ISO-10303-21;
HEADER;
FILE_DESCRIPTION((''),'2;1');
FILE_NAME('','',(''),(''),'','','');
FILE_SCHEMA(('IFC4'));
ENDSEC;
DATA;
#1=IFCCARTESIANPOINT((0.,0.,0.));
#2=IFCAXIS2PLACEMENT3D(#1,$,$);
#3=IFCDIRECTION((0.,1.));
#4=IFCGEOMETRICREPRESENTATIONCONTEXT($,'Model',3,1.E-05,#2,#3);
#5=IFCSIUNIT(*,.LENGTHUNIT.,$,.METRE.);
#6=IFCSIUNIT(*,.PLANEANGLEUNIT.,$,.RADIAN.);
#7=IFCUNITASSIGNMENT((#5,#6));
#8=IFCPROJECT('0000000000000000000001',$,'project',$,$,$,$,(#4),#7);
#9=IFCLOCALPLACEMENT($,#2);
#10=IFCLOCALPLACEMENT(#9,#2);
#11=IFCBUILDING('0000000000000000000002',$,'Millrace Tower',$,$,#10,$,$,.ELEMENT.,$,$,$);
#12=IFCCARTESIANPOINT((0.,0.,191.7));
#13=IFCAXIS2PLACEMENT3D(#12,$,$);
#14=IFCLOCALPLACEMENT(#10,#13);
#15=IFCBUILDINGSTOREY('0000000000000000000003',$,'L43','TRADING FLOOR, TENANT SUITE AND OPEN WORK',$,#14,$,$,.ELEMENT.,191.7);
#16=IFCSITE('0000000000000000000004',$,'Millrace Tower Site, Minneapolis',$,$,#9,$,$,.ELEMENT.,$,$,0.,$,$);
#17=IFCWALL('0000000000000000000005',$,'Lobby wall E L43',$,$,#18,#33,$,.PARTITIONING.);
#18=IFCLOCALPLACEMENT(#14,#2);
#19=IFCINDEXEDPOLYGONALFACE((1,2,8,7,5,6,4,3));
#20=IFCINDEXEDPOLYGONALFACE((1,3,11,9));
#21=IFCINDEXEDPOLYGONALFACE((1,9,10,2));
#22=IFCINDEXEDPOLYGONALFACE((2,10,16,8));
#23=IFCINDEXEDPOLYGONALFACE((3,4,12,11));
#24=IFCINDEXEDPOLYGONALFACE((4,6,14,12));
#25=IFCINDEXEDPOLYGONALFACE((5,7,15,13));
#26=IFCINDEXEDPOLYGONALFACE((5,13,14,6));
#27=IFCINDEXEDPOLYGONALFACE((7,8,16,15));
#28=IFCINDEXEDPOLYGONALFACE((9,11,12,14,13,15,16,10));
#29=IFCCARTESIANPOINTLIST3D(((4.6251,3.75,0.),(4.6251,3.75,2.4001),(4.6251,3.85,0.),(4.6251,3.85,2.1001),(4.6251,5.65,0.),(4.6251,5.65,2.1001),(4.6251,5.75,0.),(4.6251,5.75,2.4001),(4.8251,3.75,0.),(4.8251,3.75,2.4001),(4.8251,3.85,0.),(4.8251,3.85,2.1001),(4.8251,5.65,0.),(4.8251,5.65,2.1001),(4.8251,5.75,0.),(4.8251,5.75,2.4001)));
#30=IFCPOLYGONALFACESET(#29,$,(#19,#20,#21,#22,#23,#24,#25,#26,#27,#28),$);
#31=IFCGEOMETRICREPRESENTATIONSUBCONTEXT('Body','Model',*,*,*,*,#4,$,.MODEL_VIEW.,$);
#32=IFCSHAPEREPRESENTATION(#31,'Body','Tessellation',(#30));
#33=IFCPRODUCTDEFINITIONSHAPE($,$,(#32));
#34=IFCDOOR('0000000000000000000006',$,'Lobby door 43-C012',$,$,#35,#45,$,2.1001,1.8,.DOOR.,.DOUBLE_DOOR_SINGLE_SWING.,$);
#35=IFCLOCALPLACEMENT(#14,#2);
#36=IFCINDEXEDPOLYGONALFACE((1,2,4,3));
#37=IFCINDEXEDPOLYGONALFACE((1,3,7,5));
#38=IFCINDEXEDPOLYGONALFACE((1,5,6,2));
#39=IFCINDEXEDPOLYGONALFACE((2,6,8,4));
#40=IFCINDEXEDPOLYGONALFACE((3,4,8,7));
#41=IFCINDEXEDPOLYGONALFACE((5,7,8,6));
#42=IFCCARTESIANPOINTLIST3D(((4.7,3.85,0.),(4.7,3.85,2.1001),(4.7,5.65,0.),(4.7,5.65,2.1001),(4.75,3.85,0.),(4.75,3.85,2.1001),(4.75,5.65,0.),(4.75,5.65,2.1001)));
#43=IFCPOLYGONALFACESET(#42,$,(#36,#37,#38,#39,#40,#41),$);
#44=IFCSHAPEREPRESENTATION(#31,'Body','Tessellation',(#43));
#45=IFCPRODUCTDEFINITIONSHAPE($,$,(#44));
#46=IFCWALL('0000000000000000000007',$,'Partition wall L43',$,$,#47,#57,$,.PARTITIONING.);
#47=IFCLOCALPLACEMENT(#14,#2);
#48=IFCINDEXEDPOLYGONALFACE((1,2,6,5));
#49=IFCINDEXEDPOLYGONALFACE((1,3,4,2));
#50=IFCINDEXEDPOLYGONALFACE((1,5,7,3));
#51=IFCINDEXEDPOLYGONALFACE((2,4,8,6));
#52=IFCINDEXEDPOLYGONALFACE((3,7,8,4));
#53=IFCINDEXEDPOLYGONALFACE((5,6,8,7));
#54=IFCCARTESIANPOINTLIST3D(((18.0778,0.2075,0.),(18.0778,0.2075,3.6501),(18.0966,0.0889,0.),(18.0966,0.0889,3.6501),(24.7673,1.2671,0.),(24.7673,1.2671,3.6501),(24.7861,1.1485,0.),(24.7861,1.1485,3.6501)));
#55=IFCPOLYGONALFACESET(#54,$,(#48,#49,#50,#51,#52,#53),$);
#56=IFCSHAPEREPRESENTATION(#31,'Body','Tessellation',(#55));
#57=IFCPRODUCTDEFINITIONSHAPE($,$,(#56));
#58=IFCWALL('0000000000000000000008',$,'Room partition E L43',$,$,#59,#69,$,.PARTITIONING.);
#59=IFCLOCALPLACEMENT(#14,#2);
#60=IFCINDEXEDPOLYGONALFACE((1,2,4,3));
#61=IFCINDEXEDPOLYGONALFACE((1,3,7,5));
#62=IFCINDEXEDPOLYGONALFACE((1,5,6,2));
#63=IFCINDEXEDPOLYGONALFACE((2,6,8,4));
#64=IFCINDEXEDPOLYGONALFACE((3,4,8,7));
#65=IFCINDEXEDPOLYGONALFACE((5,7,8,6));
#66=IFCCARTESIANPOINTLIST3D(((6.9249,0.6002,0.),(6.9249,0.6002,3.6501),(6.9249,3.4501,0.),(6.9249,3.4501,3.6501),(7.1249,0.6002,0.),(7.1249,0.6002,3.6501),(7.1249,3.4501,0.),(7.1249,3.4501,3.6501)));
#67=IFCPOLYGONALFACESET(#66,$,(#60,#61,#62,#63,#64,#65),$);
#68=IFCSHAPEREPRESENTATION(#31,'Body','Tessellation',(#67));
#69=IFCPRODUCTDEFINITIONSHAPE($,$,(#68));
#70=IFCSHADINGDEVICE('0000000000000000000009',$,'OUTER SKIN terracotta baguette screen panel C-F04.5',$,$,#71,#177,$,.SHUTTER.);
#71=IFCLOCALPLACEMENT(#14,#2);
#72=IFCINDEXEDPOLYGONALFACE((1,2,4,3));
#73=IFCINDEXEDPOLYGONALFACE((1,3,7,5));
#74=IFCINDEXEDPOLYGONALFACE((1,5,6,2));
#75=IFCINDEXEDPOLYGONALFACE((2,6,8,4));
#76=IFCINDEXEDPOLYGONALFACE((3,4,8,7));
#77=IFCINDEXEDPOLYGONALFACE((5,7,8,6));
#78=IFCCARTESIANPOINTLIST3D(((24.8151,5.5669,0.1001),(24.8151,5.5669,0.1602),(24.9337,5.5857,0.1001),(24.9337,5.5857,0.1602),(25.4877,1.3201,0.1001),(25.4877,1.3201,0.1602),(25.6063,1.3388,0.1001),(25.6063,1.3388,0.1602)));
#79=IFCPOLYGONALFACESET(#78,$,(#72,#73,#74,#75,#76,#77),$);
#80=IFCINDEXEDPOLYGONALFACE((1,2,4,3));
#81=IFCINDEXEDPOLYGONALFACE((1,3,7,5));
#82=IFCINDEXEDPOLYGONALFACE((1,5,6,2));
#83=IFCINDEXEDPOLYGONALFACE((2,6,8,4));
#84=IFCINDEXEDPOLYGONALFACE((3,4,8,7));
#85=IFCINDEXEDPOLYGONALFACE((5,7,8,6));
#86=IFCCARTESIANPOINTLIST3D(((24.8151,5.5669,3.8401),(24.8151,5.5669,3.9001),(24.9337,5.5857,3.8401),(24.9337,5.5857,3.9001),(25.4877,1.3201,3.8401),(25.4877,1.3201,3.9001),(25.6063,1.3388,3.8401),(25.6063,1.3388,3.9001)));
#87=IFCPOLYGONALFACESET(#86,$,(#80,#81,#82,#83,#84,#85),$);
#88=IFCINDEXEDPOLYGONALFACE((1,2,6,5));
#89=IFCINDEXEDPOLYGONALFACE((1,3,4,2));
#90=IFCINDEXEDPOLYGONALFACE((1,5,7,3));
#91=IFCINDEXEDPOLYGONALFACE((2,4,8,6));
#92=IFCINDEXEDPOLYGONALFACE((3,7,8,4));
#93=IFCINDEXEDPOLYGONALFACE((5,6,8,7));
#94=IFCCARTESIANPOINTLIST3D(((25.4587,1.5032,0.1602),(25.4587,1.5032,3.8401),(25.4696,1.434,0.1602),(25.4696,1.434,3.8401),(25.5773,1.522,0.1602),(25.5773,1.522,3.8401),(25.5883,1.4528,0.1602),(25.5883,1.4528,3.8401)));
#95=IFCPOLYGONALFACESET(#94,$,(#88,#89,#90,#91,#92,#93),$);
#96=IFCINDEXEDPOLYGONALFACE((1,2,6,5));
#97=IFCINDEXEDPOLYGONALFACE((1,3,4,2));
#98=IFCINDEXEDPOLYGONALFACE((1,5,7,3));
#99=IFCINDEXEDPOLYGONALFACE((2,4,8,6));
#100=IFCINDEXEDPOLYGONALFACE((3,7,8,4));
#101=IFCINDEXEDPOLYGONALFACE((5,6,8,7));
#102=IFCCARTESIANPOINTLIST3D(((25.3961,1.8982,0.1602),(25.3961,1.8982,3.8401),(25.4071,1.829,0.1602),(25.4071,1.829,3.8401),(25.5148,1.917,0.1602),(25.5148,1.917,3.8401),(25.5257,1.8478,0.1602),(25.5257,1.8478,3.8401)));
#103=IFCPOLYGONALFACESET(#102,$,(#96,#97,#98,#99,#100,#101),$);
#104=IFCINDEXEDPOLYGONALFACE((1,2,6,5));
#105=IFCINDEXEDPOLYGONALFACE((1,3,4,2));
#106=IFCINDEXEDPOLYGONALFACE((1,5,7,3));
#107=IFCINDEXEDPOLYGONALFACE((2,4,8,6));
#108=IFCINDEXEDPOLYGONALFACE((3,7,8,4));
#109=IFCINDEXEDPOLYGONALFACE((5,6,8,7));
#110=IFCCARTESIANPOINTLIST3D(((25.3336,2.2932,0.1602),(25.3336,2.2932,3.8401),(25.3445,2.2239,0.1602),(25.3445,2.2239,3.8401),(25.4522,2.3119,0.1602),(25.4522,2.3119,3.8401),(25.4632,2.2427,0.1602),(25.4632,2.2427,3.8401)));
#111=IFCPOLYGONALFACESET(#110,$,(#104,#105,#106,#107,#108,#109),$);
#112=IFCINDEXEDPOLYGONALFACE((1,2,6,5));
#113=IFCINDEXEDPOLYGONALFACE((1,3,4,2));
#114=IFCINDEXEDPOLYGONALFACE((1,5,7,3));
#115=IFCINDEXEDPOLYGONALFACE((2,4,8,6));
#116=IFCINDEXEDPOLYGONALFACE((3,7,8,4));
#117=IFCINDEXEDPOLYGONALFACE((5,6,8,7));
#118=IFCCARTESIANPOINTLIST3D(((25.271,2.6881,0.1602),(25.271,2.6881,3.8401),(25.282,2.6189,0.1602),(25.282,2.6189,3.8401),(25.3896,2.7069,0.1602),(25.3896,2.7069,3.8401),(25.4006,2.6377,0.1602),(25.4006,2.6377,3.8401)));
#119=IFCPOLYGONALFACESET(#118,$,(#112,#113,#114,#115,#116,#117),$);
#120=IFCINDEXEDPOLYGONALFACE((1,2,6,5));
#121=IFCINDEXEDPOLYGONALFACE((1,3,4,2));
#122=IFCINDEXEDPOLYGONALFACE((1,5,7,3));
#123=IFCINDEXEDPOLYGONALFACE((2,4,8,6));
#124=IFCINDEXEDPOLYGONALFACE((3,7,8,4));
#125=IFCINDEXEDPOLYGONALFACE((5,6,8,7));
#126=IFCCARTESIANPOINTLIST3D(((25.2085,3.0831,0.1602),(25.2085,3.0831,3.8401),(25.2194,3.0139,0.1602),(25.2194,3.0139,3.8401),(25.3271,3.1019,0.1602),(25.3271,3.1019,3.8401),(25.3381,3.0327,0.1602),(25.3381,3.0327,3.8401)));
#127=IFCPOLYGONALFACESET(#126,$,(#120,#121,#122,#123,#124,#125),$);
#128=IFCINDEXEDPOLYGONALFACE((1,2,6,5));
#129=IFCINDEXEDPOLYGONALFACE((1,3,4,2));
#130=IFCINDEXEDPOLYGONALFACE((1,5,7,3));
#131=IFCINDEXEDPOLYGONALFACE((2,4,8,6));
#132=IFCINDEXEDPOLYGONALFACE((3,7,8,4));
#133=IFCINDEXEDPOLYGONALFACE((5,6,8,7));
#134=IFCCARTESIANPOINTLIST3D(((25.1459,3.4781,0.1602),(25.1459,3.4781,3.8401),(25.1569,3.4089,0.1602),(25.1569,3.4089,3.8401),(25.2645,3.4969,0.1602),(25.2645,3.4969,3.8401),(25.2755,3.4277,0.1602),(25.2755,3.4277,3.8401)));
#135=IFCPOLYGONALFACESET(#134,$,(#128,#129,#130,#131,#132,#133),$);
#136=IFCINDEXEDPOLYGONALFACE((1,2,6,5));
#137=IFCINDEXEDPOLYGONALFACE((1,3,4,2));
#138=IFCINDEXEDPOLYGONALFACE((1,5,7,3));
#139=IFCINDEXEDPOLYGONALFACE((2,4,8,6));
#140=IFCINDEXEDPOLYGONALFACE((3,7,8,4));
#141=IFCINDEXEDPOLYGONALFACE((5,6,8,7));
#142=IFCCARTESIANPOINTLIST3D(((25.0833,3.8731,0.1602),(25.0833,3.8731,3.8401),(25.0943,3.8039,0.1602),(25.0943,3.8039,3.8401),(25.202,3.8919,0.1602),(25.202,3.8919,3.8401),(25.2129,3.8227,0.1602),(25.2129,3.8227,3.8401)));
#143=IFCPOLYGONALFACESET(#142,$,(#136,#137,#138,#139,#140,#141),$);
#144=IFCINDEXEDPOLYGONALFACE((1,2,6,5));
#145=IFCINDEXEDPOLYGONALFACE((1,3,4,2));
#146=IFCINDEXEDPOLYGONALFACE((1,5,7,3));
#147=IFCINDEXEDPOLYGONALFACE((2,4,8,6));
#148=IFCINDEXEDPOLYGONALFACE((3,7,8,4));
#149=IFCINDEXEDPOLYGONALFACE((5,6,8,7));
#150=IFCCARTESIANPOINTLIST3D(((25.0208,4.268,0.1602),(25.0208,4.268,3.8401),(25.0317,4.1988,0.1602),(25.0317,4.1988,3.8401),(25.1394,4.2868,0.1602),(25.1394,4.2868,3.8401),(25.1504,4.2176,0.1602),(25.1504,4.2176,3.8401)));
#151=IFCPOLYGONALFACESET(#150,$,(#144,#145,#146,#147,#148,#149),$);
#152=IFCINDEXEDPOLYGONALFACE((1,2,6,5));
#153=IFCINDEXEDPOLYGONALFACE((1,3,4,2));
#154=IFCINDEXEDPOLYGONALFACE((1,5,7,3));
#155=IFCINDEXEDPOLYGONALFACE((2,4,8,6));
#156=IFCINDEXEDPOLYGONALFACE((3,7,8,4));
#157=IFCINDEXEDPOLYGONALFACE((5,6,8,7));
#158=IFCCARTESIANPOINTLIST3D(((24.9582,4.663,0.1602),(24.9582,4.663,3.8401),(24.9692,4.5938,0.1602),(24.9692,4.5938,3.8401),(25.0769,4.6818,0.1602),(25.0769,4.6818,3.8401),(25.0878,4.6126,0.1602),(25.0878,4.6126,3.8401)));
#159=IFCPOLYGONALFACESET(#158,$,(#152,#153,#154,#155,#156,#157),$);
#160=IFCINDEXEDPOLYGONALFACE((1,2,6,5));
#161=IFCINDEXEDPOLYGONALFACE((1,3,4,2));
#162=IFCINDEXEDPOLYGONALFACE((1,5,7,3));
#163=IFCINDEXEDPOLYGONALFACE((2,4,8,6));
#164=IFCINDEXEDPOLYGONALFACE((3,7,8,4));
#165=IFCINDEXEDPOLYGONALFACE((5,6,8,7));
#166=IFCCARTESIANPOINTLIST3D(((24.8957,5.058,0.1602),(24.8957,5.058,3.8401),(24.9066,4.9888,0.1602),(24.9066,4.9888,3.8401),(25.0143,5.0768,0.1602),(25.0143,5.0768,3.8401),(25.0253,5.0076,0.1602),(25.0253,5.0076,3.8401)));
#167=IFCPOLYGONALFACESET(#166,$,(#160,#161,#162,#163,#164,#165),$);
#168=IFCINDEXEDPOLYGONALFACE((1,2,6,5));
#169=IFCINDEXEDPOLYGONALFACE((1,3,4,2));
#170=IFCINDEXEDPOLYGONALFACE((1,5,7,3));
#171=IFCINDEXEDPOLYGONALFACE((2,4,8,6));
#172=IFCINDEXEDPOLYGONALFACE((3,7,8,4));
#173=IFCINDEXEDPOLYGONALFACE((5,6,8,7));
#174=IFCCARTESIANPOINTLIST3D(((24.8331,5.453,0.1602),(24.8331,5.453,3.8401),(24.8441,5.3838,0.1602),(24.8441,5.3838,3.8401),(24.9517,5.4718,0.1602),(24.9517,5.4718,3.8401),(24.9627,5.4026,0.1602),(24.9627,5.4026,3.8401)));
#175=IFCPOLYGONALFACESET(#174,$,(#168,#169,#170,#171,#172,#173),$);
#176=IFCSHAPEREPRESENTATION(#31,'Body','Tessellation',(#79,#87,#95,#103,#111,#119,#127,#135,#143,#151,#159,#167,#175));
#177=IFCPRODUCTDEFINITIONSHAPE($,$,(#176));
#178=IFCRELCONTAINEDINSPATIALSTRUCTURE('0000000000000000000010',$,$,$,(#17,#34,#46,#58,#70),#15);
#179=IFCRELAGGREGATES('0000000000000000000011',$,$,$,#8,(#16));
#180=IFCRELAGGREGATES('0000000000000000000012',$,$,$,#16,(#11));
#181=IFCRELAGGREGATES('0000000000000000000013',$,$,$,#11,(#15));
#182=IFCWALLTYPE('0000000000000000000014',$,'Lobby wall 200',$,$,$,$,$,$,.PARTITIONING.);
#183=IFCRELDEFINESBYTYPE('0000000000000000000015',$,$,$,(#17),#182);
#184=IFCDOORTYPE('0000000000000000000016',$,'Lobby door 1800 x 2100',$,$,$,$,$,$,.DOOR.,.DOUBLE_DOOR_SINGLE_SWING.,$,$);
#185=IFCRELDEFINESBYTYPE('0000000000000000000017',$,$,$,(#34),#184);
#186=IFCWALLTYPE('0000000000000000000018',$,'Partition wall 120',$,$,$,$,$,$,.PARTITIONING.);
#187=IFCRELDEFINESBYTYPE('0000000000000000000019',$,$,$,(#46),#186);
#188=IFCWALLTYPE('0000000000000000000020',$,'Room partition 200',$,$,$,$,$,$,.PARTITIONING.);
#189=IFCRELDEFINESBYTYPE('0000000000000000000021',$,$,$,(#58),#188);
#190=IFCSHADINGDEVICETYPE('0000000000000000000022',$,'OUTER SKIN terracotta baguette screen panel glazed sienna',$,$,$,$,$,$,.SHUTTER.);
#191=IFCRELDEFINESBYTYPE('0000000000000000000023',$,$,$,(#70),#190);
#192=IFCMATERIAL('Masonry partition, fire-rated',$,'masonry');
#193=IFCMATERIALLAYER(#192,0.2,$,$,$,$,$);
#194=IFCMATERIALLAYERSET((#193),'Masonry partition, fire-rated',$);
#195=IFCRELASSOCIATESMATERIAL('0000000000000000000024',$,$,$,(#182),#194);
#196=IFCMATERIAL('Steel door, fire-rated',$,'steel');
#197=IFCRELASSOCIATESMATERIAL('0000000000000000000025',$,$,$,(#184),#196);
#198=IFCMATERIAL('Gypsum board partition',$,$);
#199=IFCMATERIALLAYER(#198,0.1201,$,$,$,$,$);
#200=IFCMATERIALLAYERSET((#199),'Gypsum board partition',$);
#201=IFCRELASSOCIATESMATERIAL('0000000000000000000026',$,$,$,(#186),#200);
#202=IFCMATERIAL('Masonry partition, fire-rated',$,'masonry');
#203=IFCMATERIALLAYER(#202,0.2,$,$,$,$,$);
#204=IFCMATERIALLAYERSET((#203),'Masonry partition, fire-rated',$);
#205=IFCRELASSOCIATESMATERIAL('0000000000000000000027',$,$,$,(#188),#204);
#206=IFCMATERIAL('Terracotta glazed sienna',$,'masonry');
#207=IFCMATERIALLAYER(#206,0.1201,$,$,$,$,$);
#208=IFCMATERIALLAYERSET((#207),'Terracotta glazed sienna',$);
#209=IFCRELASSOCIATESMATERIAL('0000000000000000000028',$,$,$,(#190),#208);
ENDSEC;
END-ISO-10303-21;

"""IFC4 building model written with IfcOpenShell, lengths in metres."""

from ifc_helpers import new_model, entity, si_unit, direction, frame, frame_2d, origin, origin_2d, place, context, subcontext, project, spatial, rectangle, extrude, source, transform, mapped, material, layer, layer_set, type_object, element, fill, save


model = new_model("IFC4")

# Units and contexts
model_context = context("Model", 3, precision=1e-05, world=origin(), true_north=direction((0.0, 1.0)))
body_context = subcontext(model_context, "Body", "Model", "MODEL_VIEW")
ifc_project = project(units=[si_unit("LENGTHUNIT", "METRE"), si_unit("PLANEANGLEUNIT", "RADIAN")], contexts=[model_context])

# Site, building, storey
site_placement = place(None, origin())
site = spatial("IfcSite", under=ifc_project, at=site_placement, Name="Millrace Tower Site, Minneapolis", CompositionType="ELEMENT", RefElevation=0.0)
building_placement = place(site_placement, origin())
building = spatial("IfcBuilding", under=site, at=building_placement, Name="Millrace Tower", CompositionType="ELEMENT")
storey_placement = place(building_placement, frame((0.0, 0.0, 191.7)))
storey = spatial("IfcBuildingStorey", under=building, at=storey_placement, Name="L43", Description="TRADING FLOOR, TENANT SUITE AND OPEN WORK", CompositionType="ELEMENT", Elevation=191.7)

# Wall, opening, door
ifc_material_1 = material(Name="Masonry partition, fire-rated", Category="masonry")
ifc_layer_1 = layer(ifc_material_1, 0.2)
ifc_layer_set_1 = layer_set([ifc_layer_1], Name="Masonry partition, fire-rated")
wall_type_1 = type_object("IfcWallType", Name="Lobby wall 200", PredefinedType="PARTITIONING", material=ifc_layer_set_1)
ifc_material_2 = material(Name="Steel door, fire-rated", Category="steel")
door_type_1 = type_object("IfcDoorType", Name="Lobby door 1800 x 2100", OperationType="DOUBLE_DOOR_SINGLE_SWING", PredefinedType="DOOR", material=ifc_material_2)
wall_1_placement = place(storey_placement, frame((4.7251, 5.75, 0.0), z_axis=(0.0, 0.0, 1.0), x_axis=(0.0, -1.0, 0.0)))
wall_1 = element("IfcWall", 1, at=wall_1_placement, inside=storey, type_object=wall_type_1, Name="Lobby wall E L43", PredefinedType="PARTITIONING", context=body_context, shape_type="SweptSolid", body=[
    extrude(rectangle(XDim=2.0, YDim=0.2, at=frame_2d((1.0, 0.0))), origin(), (0.0, 0.0, 1.0), 2.4001),
])
opening_1_placement = place(wall_1_placement, frame((0.1001, 0.0, 0.0)))
opening_1 = element("IfcOpeningElement", 2, at=opening_1_placement, cuts=wall_1, PredefinedType="OPENING", context=body_context, shape_type="SweptSolid", body=[
    extrude(rectangle(XDim=1.8, YDim=2.1001, at=frame_2d((0.8999, 1.05))), frame((0.0, 0.1099, 0.0), z_axis=(0.0, -1.0, 0.0), x_axis=(1.0, 0.0, 0.0)), (0.0, 0.0, 1.0), 0.22),
])
door_1_placement = place(opening_1_placement, origin())
door_1 = element("IfcDoor", 3, at=door_1_placement, inside=storey, type_object=door_type_1, Name="Lobby door 43-C012", OperationType="DOUBLE_DOOR_SINGLE_SWING", OverallHeight=2.1001, OverallWidth=1.8, PredefinedType="DOOR", context=body_context, shape_type="SweptSolid", body=[
    extrude(rectangle(XDim=1.8, YDim=2.1001, at=frame_2d((0.8999, 1.05))), frame((0.0, 0.0249, 0.0), z_axis=(0.0, -1.0, 0.0), x_axis=(1.0, 0.0, 0.0)), (0.0, 0.0, 1.0), 0.05),
])
fill(opening_1, door_1)

# Walls
ifc_material_3 = material(Name="Gypsum board partition")
ifc_layer_2 = layer(ifc_material_3, 0.1201)
ifc_layer_set_2 = layer_set([ifc_layer_2], Name="Gypsum board partition")
wall_type_2 = type_object("IfcWallType", Name="Partition wall 120", PredefinedType="PARTITIONING", material=ifc_layer_set_2)
wall_2_placement = place(storey_placement, frame((18.0872, 0.1482, 0.0), z_axis=(0.0, 0.0, 1.0), x_axis=(0.987687, 0.156444, 0.0)))
element("IfcWall", 4, at=wall_2_placement, inside=storey, type_object=wall_type_2, Name="Partition wall L43", PredefinedType="PARTITIONING", context=body_context, shape_type="SweptSolid", body=[
    extrude(rectangle(XDim=6.7729, YDim=0.1201, at=frame_2d((3.3865, 0.0))), origin(), (0.0, 0.0, 1.0), 3.6501),
])
ifc_material_4 = material(Name="Masonry partition, fire-rated", Category="masonry")
ifc_layer_3 = layer(ifc_material_4, 0.2)
ifc_layer_set_3 = layer_set([ifc_layer_3], Name="Masonry partition, fire-rated")
wall_type_3 = type_object("IfcWallType", Name="Room partition 200", PredefinedType="PARTITIONING", material=ifc_layer_set_3)
wall_3_placement = place(storey_placement, frame((7.0249, 3.45, 0.0), z_axis=(0.0, 0.0, 1.0), x_axis=(0.0, -1.0, 0.0)))
element("IfcWall", 5, at=wall_3_placement, inside=storey, type_object=wall_type_3, Name="Room partition E L43", PredefinedType="PARTITIONING", context=body_context, shape_type="SweptSolid", body=[
    extrude(rectangle(XDim=2.8499, YDim=0.2, at=frame_2d((1.4248, 0.0))), origin(), (0.0, 0.0, 1.0), 3.6501),
])

# Shading device
ifc_material_5 = material(Name="Terracotta glazed sienna", Category="masonry")
ifc_layer_4 = layer(ifc_material_5, 0.1201)
ifc_layer_set_4 = layer_set([ifc_layer_4], Name="Terracotta glazed sienna")
shading_device_type = type_object("IfcShadingDeviceType", Name="OUTER SKIN terracotta baguette screen panel glazed sienna", PredefinedType="SHUTTER", material=ifc_layer_set_4)
cartesian_point = entity("IfcCartesianPoint", [-2.1499, 0.0601])
shared_polyline = entity("IfcPolyline", [cartesian_point, entity("IfcCartesianPoint", [2.1499, 0.0601]), entity("IfcCartesianPoint", [2.1499, -0.0601]), entity("IfcCartesianPoint", [-2.1499, -0.0601]), cartesian_point])
shared_shape = source(origin(), body_context, "Body", "SweptSolid", [
    entity("IfcExtrudedAreaSolid", entity("IfcArbitraryClosedProfileDef", "AREA", None, shared_polyline), entity("IfcAxis2Placement3D", entity("IfcCartesianPoint", [0.0, 0.0, 0.0])), entity("IfcDirection", [0.0, 0.0, 1.0]), 0.0601),
    entity("IfcExtrudedAreaSolid", entity("IfcArbitraryClosedProfileDef", "AREA", None, shared_polyline), entity("IfcAxis2Placement3D", entity("IfcCartesianPoint", [0.0, 0.0, 3.74])), entity("IfcDirection", [0.0, 0.0, 1.0]), 0.0601),
    extrude(rectangle(XDim=0.0701, YDim=0.1201, at=frame_2d((-1.9995, 0.0))), frame((0.0, 0.0, 0.0601)), (0.0, 0.0, 1.0), 3.6799),
    extrude(rectangle(XDim=0.0701, YDim=0.1201, at=frame_2d((-1.5996, 0.0))), frame((0.0, 0.0, 0.0601)), (0.0, 0.0, 1.0), 3.6799),
    extrude(rectangle(XDim=0.0701, YDim=0.1201, at=frame_2d((-1.1997, 0.0))), frame((0.0, 0.0, 0.0601)), (0.0, 0.0, 1.0), 3.6799),
    extrude(rectangle(XDim=0.0701, YDim=0.1201, at=frame_2d((-0.7998, 0.0))), frame((0.0, 0.0, 0.0601)), (0.0, 0.0, 1.0), 3.6799),
    extrude(rectangle(XDim=0.0701, YDim=0.1201, at=frame_2d((-0.3999, 0.0))), frame((0.0, 0.0, 0.0601)), (0.0, 0.0, 1.0), 3.6799),
    extrude(rectangle(XDim=0.0701, YDim=0.1201, at=origin_2d()), frame((0.0, 0.0, 0.0601)), (0.0, 0.0, 1.0), 3.6799),
    extrude(rectangle(XDim=0.0701, YDim=0.1201, at=frame_2d((0.3999, 0.0))), frame((0.0, 0.0, 0.0601)), (0.0, 0.0, 1.0), 3.6799),
    extrude(rectangle(XDim=0.0701, YDim=0.1201, at=frame_2d((0.7998, 0.0))), frame((0.0, 0.0, 0.0601)), (0.0, 0.0, 1.0), 3.6799),
    extrude(rectangle(XDim=0.0701, YDim=0.1201, at=frame_2d((1.1997, 0.0))), frame((0.0, 0.0, 0.0601)), (0.0, 0.0, 1.0), 3.6799),
    extrude(rectangle(XDim=0.0701, YDim=0.1201, at=frame_2d((1.5996, 0.0))), frame((0.0, 0.0, 0.0601)), (0.0, 0.0, 1.0), 3.6799),
    extrude(rectangle(XDim=0.0701, YDim=0.1201, at=frame_2d((1.9995, 0.0))), frame((0.0, 0.0, 0.0601)), (0.0, 0.0, 1.0), 3.6799),
])
for number, where, z_axis, x_axis, name in (
    (6, (25.2107, 3.4529, 0.1001), (0.0, 0.0, 1.0), (-0.156434, 0.987688, 0.0), "OUTER SKIN terracotta baguette screen panel C-F04.5"),
):
    element("IfcShadingDevice", number, at=place(storey_placement, frame(where, z_axis=z_axis, x_axis=x_axis)), inside=storey, type_object=shading_device_type, Name=name, PredefinedType="SHUTTER", context=body_context, shape_type="MappedRepresentation", body=[
        mapped(shared_shape, transform((0.0, 0.0, 0.0), scale=1.0)),
    ])

save(model, "model.ifc")
